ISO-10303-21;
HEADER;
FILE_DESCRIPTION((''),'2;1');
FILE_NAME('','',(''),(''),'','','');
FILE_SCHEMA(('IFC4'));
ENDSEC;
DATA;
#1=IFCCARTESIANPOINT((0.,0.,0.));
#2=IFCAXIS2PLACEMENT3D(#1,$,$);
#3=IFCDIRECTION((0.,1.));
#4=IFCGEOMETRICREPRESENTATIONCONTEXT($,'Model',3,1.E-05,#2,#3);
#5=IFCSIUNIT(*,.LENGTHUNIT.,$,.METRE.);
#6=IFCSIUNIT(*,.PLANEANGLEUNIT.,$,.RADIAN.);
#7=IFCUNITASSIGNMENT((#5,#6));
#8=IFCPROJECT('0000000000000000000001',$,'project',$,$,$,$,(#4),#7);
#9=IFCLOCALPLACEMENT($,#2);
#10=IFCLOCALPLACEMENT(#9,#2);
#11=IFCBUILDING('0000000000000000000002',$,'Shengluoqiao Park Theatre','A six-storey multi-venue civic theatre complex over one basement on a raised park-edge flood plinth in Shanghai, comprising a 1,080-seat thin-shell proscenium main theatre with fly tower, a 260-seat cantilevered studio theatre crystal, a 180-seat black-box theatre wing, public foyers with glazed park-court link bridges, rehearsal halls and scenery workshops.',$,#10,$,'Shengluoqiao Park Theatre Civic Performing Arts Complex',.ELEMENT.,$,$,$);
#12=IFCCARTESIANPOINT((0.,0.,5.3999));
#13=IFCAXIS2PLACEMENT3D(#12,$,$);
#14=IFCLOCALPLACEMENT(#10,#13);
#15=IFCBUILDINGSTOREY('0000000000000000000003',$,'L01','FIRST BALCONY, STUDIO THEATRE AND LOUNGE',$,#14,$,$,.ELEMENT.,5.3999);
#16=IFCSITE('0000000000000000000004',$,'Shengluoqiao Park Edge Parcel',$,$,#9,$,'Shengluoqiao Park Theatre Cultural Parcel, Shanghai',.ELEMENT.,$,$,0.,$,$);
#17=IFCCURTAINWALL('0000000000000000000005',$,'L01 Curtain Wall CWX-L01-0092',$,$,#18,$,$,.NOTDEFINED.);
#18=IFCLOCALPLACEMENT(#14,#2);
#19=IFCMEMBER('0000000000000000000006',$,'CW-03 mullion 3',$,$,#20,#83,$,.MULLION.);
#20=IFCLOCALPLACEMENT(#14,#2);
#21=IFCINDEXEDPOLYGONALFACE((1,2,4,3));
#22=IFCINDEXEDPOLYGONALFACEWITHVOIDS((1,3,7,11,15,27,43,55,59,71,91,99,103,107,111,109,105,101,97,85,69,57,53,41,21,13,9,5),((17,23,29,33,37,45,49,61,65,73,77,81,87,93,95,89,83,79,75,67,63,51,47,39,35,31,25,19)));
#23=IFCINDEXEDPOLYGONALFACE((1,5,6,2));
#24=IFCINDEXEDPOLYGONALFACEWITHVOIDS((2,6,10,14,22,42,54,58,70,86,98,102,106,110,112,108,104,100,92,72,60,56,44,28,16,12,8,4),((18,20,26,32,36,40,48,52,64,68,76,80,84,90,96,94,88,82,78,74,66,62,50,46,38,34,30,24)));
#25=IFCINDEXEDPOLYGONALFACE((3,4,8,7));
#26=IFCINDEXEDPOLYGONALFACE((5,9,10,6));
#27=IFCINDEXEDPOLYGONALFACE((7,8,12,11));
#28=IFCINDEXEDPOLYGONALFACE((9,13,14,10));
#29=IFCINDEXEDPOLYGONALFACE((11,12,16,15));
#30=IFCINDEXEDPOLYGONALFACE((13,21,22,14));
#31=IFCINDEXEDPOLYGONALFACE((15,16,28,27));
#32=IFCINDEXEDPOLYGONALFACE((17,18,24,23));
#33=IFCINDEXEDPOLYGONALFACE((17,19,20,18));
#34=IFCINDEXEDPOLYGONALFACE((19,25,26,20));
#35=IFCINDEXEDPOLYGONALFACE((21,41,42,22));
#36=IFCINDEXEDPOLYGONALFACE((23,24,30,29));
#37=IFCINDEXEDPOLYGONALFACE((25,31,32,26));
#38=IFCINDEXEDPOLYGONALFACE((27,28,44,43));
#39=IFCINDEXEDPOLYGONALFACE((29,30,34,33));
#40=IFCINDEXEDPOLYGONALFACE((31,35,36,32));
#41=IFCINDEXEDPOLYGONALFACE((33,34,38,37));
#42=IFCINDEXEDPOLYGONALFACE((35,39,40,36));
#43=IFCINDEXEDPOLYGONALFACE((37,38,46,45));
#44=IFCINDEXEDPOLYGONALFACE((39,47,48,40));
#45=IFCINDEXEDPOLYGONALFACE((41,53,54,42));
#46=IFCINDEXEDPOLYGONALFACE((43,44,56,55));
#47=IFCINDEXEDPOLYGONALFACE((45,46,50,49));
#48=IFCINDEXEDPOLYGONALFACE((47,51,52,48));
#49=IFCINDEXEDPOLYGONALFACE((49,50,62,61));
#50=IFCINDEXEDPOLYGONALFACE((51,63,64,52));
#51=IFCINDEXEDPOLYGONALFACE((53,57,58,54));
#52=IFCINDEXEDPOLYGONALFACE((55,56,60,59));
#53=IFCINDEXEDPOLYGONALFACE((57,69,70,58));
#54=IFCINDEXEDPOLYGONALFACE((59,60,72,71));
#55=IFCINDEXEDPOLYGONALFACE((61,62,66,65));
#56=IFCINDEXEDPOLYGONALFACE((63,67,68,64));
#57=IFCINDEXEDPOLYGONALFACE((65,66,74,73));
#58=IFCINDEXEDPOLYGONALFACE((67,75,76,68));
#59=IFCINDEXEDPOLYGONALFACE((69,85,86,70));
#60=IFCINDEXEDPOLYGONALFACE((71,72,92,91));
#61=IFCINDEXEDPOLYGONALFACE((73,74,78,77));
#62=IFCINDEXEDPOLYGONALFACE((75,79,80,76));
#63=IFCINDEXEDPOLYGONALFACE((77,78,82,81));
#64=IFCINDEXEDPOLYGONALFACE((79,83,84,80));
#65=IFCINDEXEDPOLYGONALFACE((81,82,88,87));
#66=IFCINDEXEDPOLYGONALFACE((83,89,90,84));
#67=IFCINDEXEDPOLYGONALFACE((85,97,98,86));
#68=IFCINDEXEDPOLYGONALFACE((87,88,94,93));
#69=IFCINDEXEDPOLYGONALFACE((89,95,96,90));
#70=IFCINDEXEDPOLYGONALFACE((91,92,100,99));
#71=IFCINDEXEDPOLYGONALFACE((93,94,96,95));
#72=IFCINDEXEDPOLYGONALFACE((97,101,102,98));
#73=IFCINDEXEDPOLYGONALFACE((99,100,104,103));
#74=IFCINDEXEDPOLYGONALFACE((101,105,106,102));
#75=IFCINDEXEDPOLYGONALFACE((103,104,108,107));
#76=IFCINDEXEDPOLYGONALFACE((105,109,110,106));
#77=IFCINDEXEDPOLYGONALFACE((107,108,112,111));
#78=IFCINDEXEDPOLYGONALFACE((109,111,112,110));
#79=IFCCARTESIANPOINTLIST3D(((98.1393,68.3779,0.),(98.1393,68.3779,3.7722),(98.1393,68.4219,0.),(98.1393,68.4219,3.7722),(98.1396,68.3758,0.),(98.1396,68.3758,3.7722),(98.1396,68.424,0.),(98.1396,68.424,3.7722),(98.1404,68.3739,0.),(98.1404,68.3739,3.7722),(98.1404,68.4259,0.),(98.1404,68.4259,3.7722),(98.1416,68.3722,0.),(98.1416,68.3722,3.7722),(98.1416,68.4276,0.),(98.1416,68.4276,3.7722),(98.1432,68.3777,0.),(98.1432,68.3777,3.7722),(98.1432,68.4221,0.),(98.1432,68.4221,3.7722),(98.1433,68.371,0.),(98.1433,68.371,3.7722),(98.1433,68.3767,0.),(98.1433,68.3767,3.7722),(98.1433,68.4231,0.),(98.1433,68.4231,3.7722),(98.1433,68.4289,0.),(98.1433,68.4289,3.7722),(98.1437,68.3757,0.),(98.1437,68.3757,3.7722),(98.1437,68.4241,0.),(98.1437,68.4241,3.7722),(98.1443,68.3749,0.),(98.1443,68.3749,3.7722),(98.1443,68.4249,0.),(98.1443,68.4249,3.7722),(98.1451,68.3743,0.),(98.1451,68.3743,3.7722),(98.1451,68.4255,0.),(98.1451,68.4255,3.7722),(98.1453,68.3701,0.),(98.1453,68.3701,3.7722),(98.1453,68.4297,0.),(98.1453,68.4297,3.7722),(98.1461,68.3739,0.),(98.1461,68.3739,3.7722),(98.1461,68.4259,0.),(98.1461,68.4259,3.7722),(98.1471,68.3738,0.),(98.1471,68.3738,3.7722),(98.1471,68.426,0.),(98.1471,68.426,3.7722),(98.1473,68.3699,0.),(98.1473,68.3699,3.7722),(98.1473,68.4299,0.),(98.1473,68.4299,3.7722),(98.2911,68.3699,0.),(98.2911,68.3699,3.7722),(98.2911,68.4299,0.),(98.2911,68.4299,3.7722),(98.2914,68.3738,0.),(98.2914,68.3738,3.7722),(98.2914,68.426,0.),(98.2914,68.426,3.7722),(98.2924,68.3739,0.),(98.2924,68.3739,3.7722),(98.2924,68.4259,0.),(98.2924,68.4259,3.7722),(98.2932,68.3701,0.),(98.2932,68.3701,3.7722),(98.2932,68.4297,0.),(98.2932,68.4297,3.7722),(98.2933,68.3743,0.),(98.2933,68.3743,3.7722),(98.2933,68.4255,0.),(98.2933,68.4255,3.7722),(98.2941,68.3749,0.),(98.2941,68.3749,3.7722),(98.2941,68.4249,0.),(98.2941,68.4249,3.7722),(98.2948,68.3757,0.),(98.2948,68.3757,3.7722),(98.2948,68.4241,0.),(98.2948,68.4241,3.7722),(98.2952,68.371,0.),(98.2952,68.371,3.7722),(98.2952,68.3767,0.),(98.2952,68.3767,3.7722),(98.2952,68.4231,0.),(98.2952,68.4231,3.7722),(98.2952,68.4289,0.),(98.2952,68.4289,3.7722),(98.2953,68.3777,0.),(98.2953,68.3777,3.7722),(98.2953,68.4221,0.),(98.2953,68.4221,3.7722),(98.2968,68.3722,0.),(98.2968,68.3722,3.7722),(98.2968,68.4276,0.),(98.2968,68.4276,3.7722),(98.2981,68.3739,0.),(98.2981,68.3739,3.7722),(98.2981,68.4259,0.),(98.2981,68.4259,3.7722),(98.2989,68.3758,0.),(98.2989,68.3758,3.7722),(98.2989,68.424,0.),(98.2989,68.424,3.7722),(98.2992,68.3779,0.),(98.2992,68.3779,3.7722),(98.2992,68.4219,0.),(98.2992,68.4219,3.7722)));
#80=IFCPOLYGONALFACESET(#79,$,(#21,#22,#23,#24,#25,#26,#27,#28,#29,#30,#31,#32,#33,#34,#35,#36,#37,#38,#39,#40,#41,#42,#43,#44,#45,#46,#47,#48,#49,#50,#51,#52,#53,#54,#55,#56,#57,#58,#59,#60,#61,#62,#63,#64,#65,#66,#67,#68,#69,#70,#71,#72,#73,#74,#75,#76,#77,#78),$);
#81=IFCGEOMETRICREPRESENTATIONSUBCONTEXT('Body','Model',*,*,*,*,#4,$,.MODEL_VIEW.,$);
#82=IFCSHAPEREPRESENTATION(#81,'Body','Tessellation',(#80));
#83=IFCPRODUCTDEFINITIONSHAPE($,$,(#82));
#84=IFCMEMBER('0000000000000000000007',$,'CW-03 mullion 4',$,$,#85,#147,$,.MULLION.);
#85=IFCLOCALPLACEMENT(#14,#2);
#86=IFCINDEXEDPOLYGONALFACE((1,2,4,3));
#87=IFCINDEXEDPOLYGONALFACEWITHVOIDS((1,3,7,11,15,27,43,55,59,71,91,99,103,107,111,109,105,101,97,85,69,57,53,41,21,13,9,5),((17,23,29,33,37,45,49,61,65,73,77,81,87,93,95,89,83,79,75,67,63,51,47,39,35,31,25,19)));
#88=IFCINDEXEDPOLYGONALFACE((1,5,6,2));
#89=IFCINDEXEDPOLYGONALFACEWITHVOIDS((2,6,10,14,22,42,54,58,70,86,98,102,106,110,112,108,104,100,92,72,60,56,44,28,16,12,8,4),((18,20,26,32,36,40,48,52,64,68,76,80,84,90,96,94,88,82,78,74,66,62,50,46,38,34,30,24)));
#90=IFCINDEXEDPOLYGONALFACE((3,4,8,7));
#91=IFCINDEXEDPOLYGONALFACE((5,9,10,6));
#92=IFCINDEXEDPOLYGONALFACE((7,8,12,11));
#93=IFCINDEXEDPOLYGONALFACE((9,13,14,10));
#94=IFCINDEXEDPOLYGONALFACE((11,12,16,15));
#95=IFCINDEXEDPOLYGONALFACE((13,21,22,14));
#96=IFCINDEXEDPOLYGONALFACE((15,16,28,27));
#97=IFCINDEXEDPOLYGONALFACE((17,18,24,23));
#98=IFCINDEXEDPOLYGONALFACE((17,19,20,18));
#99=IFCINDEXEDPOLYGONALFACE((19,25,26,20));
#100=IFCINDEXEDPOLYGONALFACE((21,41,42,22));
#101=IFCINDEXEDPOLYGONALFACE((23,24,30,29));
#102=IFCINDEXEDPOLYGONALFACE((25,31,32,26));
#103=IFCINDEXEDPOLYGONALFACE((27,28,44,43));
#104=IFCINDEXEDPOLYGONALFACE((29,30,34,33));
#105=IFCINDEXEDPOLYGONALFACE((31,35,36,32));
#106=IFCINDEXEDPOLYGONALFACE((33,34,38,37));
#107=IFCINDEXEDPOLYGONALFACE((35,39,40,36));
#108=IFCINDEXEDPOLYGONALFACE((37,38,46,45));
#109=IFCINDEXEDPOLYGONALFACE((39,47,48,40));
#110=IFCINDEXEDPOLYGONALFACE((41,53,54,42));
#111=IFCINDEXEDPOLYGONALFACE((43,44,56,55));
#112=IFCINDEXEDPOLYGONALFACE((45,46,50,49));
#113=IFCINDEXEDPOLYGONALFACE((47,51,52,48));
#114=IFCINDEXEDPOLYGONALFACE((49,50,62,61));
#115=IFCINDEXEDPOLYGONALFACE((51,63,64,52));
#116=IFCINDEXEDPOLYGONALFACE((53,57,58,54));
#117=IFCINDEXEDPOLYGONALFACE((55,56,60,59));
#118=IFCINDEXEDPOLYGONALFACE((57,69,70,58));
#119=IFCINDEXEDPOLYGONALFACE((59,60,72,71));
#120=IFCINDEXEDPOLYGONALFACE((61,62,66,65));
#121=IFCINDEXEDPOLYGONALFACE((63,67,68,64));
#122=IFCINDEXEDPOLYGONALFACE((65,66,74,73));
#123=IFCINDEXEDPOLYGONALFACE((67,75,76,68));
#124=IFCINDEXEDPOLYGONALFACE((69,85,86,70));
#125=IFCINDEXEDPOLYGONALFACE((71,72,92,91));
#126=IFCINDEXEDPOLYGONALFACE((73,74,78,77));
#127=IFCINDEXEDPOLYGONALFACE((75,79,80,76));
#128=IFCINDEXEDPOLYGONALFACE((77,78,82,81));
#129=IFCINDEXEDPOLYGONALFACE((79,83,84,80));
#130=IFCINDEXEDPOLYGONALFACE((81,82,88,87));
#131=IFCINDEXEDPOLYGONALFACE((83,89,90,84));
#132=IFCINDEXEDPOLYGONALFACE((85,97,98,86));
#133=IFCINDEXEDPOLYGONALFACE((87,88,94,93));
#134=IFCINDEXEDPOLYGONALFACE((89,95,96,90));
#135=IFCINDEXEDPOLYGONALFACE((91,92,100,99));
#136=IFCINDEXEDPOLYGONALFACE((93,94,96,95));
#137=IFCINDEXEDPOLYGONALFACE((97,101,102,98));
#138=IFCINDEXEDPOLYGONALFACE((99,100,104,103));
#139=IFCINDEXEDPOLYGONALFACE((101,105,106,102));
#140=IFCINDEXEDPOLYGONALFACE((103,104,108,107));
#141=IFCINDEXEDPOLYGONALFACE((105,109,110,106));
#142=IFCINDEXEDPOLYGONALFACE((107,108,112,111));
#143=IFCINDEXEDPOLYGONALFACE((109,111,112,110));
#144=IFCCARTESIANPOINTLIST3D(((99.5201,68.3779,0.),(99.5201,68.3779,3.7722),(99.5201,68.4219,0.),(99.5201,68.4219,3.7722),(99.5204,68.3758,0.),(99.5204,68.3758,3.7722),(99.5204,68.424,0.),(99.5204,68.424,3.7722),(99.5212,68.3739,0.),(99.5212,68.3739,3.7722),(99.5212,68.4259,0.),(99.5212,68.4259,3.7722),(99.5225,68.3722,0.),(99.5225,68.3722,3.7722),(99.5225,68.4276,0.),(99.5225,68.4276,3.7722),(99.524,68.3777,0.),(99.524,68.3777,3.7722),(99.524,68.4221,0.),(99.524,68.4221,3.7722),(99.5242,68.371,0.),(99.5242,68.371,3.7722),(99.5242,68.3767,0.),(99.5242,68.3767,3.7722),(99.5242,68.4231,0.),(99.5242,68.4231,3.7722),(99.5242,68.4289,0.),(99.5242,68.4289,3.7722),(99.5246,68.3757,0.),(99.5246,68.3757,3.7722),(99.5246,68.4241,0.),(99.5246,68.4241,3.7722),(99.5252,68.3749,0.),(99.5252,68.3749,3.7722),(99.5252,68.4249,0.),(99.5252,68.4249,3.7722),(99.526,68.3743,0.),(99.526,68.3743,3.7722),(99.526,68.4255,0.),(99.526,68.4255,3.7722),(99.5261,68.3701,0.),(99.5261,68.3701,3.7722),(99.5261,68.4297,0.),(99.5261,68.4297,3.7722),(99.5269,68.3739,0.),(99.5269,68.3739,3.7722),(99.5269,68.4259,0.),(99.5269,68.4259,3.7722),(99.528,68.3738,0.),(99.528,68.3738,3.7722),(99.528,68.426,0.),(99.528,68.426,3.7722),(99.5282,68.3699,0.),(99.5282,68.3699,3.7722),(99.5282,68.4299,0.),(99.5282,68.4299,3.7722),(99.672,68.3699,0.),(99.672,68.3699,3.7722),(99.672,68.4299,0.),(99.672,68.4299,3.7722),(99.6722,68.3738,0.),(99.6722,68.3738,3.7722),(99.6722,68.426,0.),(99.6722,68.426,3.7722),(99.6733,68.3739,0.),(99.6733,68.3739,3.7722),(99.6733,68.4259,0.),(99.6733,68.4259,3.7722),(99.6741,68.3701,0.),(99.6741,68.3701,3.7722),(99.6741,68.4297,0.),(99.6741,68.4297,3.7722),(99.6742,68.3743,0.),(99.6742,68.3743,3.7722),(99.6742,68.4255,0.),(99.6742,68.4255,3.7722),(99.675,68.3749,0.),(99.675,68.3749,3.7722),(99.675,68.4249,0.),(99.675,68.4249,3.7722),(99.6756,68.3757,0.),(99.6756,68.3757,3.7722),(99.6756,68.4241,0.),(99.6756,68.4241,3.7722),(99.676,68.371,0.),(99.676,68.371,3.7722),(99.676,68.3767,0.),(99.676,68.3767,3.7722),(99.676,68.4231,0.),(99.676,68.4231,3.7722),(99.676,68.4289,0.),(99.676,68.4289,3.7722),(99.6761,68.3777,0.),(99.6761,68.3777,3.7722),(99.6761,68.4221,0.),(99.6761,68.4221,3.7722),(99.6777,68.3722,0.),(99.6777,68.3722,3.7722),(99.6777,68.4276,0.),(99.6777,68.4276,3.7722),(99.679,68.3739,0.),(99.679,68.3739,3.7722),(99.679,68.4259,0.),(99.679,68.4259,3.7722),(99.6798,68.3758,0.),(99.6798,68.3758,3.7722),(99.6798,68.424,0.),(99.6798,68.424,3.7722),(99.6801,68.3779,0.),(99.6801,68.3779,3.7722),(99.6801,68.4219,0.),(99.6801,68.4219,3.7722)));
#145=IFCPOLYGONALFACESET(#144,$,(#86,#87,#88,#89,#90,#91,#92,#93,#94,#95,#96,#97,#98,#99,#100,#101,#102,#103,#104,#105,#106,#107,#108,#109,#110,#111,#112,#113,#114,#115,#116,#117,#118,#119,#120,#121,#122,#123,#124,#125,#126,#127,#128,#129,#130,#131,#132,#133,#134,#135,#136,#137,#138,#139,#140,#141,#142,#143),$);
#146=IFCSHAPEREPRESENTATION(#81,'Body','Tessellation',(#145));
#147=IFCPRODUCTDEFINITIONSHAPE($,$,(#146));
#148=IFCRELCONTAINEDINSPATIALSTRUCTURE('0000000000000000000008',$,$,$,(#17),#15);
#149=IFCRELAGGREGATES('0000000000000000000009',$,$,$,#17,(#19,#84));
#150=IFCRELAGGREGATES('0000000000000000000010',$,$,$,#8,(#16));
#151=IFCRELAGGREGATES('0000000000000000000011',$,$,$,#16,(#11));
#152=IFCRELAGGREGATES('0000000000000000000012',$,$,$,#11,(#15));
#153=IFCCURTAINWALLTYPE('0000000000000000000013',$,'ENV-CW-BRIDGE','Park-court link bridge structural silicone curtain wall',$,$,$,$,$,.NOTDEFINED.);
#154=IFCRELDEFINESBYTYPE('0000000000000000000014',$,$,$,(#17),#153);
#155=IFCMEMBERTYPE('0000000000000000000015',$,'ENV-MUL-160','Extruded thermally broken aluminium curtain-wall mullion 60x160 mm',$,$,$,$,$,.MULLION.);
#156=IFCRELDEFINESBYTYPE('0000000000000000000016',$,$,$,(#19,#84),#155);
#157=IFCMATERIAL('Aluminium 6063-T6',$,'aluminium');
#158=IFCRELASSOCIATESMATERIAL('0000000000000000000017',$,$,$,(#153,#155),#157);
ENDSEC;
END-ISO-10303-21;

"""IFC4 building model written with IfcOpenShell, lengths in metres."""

from ifc_helpers import new_model, si_unit, direction, frame, origin, origin_2d, place, context, subcontext, project, spatial, hollow_rectangle, extrude, material, material_profile, profile_set, type_object, element, aggregate, save


model = new_model("IFC4")

# Units and contexts
model_context = context("Model", 3, precision=1e-05, world=origin(), true_north=direction((0.0, 1.0)))
body_context = subcontext(model_context, "Body", "Model", "MODEL_VIEW")
ifc_project = project(units=[si_unit("LENGTHUNIT", "METRE"), si_unit("PLANEANGLEUNIT", "RADIAN")], contexts=[model_context])

# Site, building, storey
site_placement = place(None, origin())
site = spatial("IfcSite", under=ifc_project, at=site_placement, Name="Shengluoqiao Park Edge Parcel", LongName="Shengluoqiao Park Theatre Cultural Parcel, Shanghai", CompositionType="ELEMENT", RefElevation=0.0)
building_placement = place(site_placement, origin())
building = spatial("IfcBuilding", under=site, at=building_placement, Name="Shengluoqiao Park Theatre", Description="A six-storey multi-venue civic theatre complex over one basement on a raised park-edge flood plinth in Shanghai, comprising a 1,080-seat thin-shell proscenium main theatre with fly tower, a 260-seat cantilevered studio theatre crystal, a 180-seat black-box theatre wing, public foyers with glazed park-court link bridges, rehearsal halls and scenery workshops.", LongName="Shengluoqiao Park Theatre Civic Performing Arts Complex", CompositionType="ELEMENT")
storey_placement = place(building_placement, frame((0.0, 0.0, 5.3999)))
storey = spatial("IfcBuildingStorey", under=building, at=storey_placement, Name="L01", Description="FIRST BALCONY, STUDIO THEATRE AND LOUNGE", CompositionType="ELEMENT", Elevation=5.3999)

# Curtain wall, members
ifc_material_1 = material(Name="Aluminium 6063-T6", Category="aluminium")
curtain_wall_type = type_object("IfcCurtainWallType", Name="ENV-CW-BRIDGE", Description="Park-court link bridge structural silicone curtain wall", PredefinedType="NOTDEFINED", material=ifc_material_1)
curtain_wall_1_placement = place(storey_placement, origin())
curtain_wall_1 = element("IfcCurtainWall", 1, at=curtain_wall_1_placement, inside=storey, type_object=curtain_wall_type, Name="L01 Curtain Wall CWX-L01-0092", PredefinedType="NOTDEFINED")
ifc_material_profile_1 = material_profile(ifc_material_1, hollow_rectangle(XDim=0.0601, YDim=0.1599, WallThickness=0.0039, InnerFilletRadius=0.0039, OuterFilletRadius=0.0081, at=origin_2d()), Name="ALU MULLION 160x60x4")
ifc_profile_set_1 = profile_set([ifc_material_profile_1], Name="Aluminium 6063-T6")
member_type_1 = type_object("IfcMemberType", Name="ENV-MUL-160", Description="Extruded thermally broken aluminium curtain-wall mullion 60x160 mm", PredefinedType="MULLION", material=ifc_profile_set_1)
member_1_placement = place(storey_placement, frame((98.2192, 68.3999, 0.0), z_axis=(0.0, 0.0, 1.0), x_axis=(0.0, 1.0, 0.0)))
member_1 = element("IfcMember", 2, at=member_1_placement, type_object=member_type_1, Name="CW-03 mullion 3", PredefinedType="MULLION", context=body_context, shape_type="SweptSolid", body=[
    extrude(hollow_rectangle(XDim=0.0601, YDim=0.1599, WallThickness=0.0039, InnerFilletRadius=0.0039, OuterFilletRadius=0.0081, at=origin_2d()), origin(), (0.0, 0.0, 1.0), 3.7722),
])
member_2_placement = place(storey_placement, frame((99.6001, 68.3999, 0.0), z_axis=(0.0, 0.0, 1.0), x_axis=(0.0, 1.0, 0.0)))
member_2 = element("IfcMember", 3, at=member_2_placement, type_object=member_type_1, Name="CW-03 mullion 4", PredefinedType="MULLION", context=body_context, shape_type="SweptSolid", body=[
    extrude(hollow_rectangle(XDim=0.0601, YDim=0.1599, WallThickness=0.0039, InnerFilletRadius=0.0039, OuterFilletRadius=0.0081, at=origin_2d()), origin(), (0.0, 0.0, 1.0), 3.7722),
])

aggregate(curtain_wall_1, [member_1, member_2])

save(model, "model.ifc")
